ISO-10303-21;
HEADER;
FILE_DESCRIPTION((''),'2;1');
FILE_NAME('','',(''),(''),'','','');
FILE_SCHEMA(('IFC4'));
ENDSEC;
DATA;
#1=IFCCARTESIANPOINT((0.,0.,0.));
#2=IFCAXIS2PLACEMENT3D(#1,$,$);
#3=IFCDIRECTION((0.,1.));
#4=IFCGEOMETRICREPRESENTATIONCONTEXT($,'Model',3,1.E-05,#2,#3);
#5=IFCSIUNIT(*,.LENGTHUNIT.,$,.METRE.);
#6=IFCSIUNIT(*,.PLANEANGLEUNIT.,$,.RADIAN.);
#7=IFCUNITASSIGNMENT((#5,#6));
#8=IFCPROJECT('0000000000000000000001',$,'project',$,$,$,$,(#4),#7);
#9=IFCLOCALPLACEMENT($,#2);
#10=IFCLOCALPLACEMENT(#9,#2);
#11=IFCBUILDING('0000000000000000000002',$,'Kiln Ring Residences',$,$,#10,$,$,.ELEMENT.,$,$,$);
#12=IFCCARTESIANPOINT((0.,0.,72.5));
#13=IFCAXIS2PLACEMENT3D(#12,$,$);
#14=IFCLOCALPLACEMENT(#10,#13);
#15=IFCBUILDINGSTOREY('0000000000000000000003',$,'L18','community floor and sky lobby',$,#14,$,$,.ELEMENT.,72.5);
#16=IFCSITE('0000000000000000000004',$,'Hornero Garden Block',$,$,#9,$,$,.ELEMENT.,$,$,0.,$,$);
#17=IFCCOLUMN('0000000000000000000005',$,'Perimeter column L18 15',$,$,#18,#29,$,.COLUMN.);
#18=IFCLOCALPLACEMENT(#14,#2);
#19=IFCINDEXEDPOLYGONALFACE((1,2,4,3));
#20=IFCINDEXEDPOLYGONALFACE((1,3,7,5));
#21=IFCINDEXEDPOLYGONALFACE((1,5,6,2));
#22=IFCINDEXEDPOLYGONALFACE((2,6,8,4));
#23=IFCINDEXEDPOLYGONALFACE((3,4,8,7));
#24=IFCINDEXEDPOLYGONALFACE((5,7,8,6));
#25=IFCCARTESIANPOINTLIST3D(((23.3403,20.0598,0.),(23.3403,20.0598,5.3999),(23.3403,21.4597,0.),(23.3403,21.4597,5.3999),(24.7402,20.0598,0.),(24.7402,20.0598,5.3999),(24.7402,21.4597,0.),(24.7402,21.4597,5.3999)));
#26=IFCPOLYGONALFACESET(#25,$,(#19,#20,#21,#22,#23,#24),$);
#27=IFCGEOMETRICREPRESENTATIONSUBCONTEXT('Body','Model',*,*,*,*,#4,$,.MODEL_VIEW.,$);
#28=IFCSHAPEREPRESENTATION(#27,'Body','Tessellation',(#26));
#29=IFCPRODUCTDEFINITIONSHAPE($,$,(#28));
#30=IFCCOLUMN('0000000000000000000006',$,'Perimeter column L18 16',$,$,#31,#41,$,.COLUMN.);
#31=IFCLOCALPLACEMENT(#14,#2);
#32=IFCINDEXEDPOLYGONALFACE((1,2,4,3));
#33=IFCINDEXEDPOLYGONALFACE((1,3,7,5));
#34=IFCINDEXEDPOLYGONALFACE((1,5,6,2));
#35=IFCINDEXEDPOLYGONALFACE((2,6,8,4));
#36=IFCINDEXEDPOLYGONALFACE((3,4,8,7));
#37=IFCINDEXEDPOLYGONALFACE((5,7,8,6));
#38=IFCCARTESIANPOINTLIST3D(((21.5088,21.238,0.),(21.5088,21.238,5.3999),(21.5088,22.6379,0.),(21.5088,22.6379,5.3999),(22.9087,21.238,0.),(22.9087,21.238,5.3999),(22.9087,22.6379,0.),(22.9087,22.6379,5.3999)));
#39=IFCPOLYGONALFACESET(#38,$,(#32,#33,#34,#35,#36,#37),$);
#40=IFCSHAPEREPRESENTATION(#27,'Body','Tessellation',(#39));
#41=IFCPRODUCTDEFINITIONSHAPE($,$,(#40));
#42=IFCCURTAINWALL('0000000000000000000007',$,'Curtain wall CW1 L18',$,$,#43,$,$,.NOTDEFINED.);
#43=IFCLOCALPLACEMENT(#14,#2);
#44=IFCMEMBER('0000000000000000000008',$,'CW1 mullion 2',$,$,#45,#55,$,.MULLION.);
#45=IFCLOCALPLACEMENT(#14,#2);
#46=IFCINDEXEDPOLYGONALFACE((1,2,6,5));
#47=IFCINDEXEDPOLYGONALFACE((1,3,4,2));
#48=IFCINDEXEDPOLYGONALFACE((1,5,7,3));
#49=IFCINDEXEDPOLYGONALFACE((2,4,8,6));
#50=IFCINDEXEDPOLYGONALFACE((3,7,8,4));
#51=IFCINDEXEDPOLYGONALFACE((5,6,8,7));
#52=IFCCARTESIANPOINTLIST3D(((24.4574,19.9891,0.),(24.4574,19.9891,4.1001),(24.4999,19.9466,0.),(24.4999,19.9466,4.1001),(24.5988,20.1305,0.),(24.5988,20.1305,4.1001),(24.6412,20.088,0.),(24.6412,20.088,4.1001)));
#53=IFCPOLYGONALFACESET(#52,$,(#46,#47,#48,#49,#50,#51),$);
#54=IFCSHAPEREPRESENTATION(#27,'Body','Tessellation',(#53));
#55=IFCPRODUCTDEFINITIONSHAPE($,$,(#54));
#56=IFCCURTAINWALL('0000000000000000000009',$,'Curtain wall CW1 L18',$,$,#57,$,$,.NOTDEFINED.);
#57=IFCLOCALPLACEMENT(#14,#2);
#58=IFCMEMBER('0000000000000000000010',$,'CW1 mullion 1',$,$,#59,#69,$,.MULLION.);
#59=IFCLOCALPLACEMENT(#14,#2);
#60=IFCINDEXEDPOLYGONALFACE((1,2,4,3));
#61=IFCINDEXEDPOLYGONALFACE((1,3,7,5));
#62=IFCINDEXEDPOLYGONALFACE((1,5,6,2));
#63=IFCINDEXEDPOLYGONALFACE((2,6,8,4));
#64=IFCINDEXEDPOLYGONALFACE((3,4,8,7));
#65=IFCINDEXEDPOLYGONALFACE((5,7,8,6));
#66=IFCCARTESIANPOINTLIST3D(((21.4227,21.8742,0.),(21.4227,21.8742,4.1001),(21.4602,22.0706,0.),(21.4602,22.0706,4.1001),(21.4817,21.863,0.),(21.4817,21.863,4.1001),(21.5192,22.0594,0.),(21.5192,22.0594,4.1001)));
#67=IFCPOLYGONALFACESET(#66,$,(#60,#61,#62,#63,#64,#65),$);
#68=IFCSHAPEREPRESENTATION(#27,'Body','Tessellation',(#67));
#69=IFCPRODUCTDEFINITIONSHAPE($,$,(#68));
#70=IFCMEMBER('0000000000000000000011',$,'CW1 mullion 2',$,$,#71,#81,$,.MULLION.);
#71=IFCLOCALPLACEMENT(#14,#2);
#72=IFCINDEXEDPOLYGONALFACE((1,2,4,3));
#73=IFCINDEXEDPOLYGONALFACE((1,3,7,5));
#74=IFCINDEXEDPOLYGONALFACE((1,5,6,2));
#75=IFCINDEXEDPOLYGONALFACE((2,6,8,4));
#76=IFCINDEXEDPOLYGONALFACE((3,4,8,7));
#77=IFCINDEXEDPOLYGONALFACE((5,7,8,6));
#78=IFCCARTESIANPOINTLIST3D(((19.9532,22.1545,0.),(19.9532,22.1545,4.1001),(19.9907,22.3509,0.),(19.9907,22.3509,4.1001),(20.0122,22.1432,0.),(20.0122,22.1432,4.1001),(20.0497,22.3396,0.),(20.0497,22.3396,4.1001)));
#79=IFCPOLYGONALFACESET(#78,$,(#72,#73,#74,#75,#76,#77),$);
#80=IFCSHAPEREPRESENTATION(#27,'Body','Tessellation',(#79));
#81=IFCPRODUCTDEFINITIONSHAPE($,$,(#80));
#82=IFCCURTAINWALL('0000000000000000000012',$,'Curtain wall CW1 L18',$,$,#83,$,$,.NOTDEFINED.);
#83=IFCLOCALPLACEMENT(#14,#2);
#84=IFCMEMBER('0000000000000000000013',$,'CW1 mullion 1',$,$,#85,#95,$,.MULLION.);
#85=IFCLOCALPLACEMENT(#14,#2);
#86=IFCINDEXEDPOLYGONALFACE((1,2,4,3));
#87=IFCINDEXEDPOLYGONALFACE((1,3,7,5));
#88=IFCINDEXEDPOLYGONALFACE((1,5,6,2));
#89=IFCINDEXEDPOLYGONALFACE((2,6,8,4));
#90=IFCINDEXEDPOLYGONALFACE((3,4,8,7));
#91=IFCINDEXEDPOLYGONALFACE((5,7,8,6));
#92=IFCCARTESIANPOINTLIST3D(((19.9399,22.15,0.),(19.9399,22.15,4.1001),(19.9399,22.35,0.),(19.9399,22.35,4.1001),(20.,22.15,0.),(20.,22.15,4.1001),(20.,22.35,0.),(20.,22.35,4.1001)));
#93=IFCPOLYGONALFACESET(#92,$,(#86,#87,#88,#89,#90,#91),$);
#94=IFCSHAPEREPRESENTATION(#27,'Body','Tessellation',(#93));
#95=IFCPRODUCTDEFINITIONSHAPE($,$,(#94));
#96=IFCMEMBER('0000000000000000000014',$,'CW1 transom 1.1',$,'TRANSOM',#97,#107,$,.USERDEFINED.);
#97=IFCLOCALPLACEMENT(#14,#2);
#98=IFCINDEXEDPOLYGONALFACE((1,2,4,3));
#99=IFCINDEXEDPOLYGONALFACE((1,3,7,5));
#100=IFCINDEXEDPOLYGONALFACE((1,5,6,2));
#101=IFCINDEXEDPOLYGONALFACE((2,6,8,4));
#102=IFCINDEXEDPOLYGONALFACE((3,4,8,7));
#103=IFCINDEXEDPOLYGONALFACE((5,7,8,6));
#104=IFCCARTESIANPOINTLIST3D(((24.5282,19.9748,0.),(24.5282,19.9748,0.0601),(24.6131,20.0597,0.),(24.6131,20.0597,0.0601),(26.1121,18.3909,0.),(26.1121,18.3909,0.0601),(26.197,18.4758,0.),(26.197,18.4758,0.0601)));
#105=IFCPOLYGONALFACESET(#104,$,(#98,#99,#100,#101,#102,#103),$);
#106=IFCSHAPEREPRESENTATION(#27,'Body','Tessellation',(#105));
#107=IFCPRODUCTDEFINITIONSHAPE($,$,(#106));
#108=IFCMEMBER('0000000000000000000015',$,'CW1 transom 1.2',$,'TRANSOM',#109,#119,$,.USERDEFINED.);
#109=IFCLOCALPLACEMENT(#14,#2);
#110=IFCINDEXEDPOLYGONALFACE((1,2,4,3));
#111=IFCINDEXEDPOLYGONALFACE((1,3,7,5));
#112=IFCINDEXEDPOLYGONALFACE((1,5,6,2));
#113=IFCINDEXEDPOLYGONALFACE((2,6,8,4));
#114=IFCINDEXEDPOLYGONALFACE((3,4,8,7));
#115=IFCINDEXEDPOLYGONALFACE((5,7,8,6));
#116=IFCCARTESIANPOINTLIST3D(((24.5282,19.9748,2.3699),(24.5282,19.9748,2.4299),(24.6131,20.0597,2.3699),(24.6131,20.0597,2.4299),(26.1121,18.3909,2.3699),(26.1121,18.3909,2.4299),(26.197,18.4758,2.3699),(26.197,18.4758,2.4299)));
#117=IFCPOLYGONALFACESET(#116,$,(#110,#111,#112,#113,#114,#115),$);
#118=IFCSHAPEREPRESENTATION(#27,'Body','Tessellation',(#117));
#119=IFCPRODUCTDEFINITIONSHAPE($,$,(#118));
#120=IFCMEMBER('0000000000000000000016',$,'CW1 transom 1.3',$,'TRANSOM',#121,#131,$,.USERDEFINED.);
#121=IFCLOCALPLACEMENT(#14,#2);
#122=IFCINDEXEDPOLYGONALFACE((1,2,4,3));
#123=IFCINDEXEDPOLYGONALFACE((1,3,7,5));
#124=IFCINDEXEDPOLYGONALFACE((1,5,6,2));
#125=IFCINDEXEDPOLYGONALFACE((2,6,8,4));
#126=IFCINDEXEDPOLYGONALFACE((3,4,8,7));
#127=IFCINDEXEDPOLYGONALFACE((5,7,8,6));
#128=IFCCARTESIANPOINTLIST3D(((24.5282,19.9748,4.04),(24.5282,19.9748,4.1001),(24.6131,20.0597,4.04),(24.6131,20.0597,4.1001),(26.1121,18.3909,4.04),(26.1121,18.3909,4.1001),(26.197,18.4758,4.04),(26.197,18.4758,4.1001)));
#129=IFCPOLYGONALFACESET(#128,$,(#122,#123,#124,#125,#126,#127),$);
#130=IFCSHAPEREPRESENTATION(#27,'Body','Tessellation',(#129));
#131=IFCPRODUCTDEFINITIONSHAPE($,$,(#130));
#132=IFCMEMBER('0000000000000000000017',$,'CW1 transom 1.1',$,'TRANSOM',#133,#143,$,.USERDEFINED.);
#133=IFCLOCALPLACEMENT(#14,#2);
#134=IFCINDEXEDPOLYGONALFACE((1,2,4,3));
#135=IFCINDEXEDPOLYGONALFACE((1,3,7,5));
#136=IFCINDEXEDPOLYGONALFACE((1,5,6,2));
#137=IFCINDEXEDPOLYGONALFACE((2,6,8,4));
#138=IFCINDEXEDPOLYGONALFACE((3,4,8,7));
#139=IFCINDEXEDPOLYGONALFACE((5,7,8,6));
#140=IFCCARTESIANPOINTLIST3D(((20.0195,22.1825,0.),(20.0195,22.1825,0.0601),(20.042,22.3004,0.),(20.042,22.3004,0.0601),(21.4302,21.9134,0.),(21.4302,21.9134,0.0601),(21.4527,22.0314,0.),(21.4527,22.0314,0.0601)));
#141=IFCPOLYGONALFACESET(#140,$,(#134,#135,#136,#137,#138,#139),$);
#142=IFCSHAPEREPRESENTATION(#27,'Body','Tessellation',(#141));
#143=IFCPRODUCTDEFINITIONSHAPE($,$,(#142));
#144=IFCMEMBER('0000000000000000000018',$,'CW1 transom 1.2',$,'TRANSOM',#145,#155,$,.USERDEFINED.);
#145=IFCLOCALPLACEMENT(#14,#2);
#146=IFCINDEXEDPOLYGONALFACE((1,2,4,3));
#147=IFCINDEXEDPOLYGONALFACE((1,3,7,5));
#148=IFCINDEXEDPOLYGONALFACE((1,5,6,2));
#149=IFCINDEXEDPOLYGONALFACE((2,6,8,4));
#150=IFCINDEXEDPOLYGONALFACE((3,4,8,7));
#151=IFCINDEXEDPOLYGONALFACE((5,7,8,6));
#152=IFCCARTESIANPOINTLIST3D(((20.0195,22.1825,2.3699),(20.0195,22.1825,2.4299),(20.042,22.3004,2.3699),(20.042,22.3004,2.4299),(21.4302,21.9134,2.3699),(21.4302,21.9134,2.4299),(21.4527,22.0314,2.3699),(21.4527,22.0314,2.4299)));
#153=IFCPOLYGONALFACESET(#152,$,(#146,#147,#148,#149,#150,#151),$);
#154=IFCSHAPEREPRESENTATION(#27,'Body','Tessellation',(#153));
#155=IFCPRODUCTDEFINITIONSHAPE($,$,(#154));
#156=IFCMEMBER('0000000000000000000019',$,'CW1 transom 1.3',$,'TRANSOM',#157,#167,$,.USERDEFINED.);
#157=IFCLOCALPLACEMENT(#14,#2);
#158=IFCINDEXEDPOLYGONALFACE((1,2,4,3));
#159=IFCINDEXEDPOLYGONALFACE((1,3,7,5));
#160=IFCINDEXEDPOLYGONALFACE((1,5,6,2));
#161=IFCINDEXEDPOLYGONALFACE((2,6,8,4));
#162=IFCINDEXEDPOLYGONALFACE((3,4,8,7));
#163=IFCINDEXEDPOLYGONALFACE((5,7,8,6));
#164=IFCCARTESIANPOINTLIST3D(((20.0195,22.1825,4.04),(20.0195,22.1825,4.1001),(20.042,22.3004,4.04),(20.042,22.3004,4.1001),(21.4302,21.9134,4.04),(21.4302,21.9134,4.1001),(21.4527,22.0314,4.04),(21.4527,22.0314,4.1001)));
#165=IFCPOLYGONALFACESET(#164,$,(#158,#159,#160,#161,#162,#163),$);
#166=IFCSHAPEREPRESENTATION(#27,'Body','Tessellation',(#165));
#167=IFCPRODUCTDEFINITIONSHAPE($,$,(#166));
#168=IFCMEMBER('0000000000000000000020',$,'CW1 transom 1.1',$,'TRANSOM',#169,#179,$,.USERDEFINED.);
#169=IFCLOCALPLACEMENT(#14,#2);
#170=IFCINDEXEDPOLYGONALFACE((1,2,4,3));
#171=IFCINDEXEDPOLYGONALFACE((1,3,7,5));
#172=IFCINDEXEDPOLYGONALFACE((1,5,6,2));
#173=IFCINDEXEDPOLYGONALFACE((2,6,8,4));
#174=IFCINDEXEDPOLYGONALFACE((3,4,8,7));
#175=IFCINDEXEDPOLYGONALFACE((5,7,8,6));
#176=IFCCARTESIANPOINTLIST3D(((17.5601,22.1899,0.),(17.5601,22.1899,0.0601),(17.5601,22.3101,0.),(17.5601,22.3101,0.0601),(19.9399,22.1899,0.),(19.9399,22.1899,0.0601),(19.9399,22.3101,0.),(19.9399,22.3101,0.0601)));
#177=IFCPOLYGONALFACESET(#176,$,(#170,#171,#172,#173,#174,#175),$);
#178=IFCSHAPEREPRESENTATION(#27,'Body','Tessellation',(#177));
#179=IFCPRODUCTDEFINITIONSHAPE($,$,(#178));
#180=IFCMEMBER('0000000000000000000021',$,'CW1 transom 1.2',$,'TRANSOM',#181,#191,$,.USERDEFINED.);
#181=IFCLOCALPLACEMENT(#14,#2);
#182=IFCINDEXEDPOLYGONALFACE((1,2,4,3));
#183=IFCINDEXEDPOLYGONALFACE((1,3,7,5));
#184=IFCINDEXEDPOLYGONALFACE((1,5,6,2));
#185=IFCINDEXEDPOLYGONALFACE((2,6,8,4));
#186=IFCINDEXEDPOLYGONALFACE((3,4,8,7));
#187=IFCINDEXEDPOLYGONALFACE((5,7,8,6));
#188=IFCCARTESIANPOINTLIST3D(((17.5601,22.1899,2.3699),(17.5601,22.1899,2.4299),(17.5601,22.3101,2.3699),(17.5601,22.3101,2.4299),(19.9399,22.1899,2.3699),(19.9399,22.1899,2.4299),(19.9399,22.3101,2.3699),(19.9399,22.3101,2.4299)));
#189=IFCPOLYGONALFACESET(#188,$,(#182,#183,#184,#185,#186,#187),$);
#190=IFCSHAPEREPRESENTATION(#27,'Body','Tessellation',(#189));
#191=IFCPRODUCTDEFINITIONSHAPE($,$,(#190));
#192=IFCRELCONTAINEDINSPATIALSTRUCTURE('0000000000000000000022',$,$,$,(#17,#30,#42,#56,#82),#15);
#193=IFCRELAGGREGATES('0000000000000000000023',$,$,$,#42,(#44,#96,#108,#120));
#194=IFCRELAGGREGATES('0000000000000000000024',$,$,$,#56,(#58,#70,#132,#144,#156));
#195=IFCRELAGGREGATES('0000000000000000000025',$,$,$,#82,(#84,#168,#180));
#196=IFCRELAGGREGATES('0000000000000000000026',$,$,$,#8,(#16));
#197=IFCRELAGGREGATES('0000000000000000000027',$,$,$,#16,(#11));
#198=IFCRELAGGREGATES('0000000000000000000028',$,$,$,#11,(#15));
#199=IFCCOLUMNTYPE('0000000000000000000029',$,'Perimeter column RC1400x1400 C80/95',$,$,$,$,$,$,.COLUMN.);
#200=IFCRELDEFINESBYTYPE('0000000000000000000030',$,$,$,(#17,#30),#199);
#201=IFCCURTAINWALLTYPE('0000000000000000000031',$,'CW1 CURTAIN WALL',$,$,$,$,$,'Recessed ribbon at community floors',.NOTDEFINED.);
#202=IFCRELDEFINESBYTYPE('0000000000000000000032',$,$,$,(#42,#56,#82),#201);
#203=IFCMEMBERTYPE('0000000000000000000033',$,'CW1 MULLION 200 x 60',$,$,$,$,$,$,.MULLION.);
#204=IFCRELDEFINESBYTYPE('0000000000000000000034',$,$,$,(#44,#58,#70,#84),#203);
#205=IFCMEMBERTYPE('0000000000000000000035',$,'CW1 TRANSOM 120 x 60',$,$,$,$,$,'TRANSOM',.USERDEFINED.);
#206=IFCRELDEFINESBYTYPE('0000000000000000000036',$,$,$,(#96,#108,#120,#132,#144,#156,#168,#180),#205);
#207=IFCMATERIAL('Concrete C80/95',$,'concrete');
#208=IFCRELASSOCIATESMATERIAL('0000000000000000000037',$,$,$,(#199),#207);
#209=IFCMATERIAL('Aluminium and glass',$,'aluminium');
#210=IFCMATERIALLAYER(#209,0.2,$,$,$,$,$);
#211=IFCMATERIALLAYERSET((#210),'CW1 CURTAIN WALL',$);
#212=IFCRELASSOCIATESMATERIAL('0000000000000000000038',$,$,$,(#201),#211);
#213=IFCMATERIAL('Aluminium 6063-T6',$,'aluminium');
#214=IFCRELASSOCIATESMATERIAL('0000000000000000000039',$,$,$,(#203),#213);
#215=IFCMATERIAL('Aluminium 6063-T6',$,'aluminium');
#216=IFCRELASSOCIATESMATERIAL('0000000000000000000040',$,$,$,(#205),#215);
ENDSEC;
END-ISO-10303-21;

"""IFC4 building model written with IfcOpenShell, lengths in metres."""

from ifc_helpers import new_model, si_unit, direction, frame, origin, origin_2d, place, context, subcontext, project, spatial, rectangle, extrude, material, layer, layer_set, material_profile, profile_set, type_object, element, aggregate, save


model = new_model("IFC4")

# Units and contexts
model_context = context("Model", 3, precision=1e-05, world=origin(), true_north=direction((0.0, 1.0)))
body_context = subcontext(model_context, "Body", "Model", "MODEL_VIEW")
ifc_project = project(units=[si_unit("LENGTHUNIT", "METRE"), si_unit("PLANEANGLEUNIT", "RADIAN")], contexts=[model_context])

# Site, building, storey
site_placement = place(None, origin())
site = spatial("IfcSite", under=ifc_project, at=site_placement, Name="Hornero Garden Block", CompositionType="ELEMENT", RefElevation=0.0)
building_placement = place(site_placement, origin())
building = spatial("IfcBuilding", under=site, at=building_placement, Name="Kiln Ring Residences", CompositionType="ELEMENT")
storey_placement = place(building_placement, frame((0.0, 0.0, 72.5)))
storey = spatial("IfcBuildingStorey", under=building, at=storey_placement, Name="L18", Description="community floor and sky lobby", CompositionType="ELEMENT", Elevation=72.5)

# Columns
ifc_material_1 = material(Name="Concrete C80/95", Category="concrete")
ifc_material_profile_1 = material_profile(ifc_material_1, rectangle(XDim=1.3999, YDim=1.3999, at=origin_2d()), Name="RC1400x1400")
ifc_profile_set_1 = profile_set([ifc_material_profile_1], Name="Concrete C80/95")
column_type = type_object("IfcColumnType", Name="Perimeter column RC1400x1400 C80/95", PredefinedType="COLUMN", material=ifc_profile_set_1)
for number, where, z_axis, x_axis, name in (
    (1, (24.0403, 20.7598, 0.0), (0.0, 0.0, 1.0), (1.0, 0.0, 0.0), "Perimeter column L18 15"),
    (2, (22.2087, 21.938, 0.0), (0.0, 0.0, 1.0), (1.0, 0.0, 0.0), "Perimeter column L18 16"),
):
    element("IfcColumn", number, at=place(storey_placement, frame(where, z_axis=z_axis, x_axis=x_axis)), inside=storey, type_object=column_type, Name=name, PredefinedType="COLUMN", context=body_context, shape_type="SweptSolid", body=[
        extrude(rectangle(XDim=1.3999, YDim=1.3999, at=origin_2d()), origin(), (0.0, 0.0, 1.0), 5.3999),
    ])

# Curtain wall, member
ifc_material_2 = material(Name="Aluminium and glass", Category="aluminium")
ifc_layer_1 = layer(ifc_material_2, 0.2)
ifc_layer_set_1 = layer_set([ifc_layer_1], Name="CW1 CURTAIN WALL")
curtain_wall_type = type_object("IfcCurtainWallType", Name="CW1 CURTAIN WALL", ElementType="Recessed ribbon at community floors", PredefinedType="NOTDEFINED", material=ifc_layer_set_1)
placement = place(storey_placement, origin())
curtain_wall_1 = element("IfcCurtainWall", 3, at=placement, inside=storey, type_object=curtain_wall_type, Name="Curtain wall CW1 L18", PredefinedType="NOTDEFINED")
ifc_material_3 = material(Name="Aluminium 6063-T6", Category="aluminium")
ifc_material_profile_2 = material_profile(ifc_material_3, rectangle(XDim=0.2, YDim=0.0601, at=origin_2d()), Name="AL 200x60")
ifc_profile_set_2 = profile_set([ifc_material_profile_2], Name="Aluminium 6063-T6")
member_type_1 = type_object("IfcMemberType", Name="CW1 MULLION 200 x 60", PredefinedType="MULLION", material=ifc_profile_set_2)
member_1_placement = place(storey_placement, frame((24.5493, 20.0386, 0.0), z_axis=(0.0, 0.0, 1.0), x_axis=(-0.707107, -0.707107, 0.0)))
member_1 = element("IfcMember", 4, at=member_1_placement, type_object=member_type_1, Name="CW1 mullion 2", PredefinedType="MULLION", context=body_context, shape_type="SweptSolid", body=[
    extrude(rectangle(XDim=0.2, YDim=0.0601, at=origin_2d()), origin(), (0.0, 0.0, 1.0), 4.1001),
])

# Curtain wall, members
curtain_wall_2 = element("IfcCurtainWall", 5, at=placement, inside=storey, type_object=curtain_wall_type, Name="Curtain wall CW1 L18", PredefinedType="NOTDEFINED")
member_2_placement = place(storey_placement, frame((21.4709, 21.9668, 0.0), z_axis=(0.0, 0.0, 1.0), x_axis=(-0.187366, -0.98229, 0.0)))
member_2 = element("IfcMember", 6, at=member_2_placement, type_object=member_type_1, Name="CW1 mullion 1", PredefinedType="MULLION", context=body_context, shape_type="SweptSolid", body=[
    extrude(rectangle(XDim=0.2, YDim=0.0601, at=origin_2d()), origin(), (0.0, 0.0, 1.0), 4.1001),
])
member_3_placement = place(storey_placement, frame((20.0015, 22.2471, 0.0), z_axis=(0.0, 0.0, 1.0), x_axis=(-0.187366, -0.98229, 0.0)))
member_3 = element("IfcMember", 7, at=member_3_placement, type_object=member_type_1, Name="CW1 mullion 2", PredefinedType="MULLION", context=body_context, shape_type="SweptSolid", body=[
    extrude(rectangle(XDim=0.2, YDim=0.0601, at=origin_2d()), origin(), (0.0, 0.0, 1.0), 4.1001),
])

# Curtain wall, member
curtain_wall_3 = element("IfcCurtainWall", 8, at=placement, inside=storey, type_object=curtain_wall_type, Name="Curtain wall CW1 L18", PredefinedType="NOTDEFINED")
member_4_placement = place(storey_placement, frame((19.97, 22.25, 0.0), z_axis=(0.0, 0.0, 1.0), x_axis=(0.0, -1.0, 0.0)))
member_4 = element("IfcMember", 9, at=member_4_placement, type_object=member_type_1, Name="CW1 mullion 1", PredefinedType="MULLION", context=body_context, shape_type="SweptSolid", body=[
    extrude(rectangle(XDim=0.2, YDim=0.0601, at=origin_2d()), origin(), (0.0, 0.0, 1.0), 4.1001),
])

# Members
ifc_material_4 = material(Name="Aluminium 6063-T6", Category="aluminium")
ifc_material_profile_3 = material_profile(ifc_material_4, rectangle(XDim=0.1201, YDim=0.0601, at=origin_2d()), Name="AL 120x60")
ifc_profile_set_3 = profile_set([ifc_material_profile_3], Name="Aluminium 6063-T6")
member_type_2 = type_object("IfcMemberType", Name="CW1 TRANSOM 120 x 60", ElementType="TRANSOM", PredefinedType="USERDEFINED", material=ifc_profile_set_3)
member_5_placement = place(storey_placement, frame((26.1545, 18.4333, 0.03), z_axis=(-0.707107, 0.707107, 0.0), x_axis=(-0.707107, -0.707107, 0.0)))
member_5 = element("IfcMember", 10, at=member_5_placement, type_object=member_type_2, Name="CW1 transom 1.1", ObjectType="TRANSOM", PredefinedType="USERDEFINED", context=body_context, shape_type="SweptSolid", body=[
    extrude(rectangle(XDim=0.1201, YDim=0.0601, at=origin_2d()), origin(), (0.0, 0.0, 1.0), 2.24),
])
member_6_placement = place(storey_placement, frame((26.1545, 18.4333, 2.3999), z_axis=(-0.707107, 0.707107, 0.0), x_axis=(-0.707107, -0.707107, 0.0)))
member_6 = element("IfcMember", 11, at=member_6_placement, type_object=member_type_2, Name="CW1 transom 1.2", ObjectType="TRANSOM", PredefinedType="USERDEFINED", context=body_context, shape_type="SweptSolid", body=[
    extrude(rectangle(XDim=0.1201, YDim=0.0601, at=origin_2d()), origin(), (0.0, 0.0, 1.0), 2.24),
])
member_7_placement = place(storey_placement, frame((26.1545, 18.4333, 4.0701), z_axis=(-0.707107, 0.707107, 0.0), x_axis=(-0.707107, -0.707107, 0.0)))
member_7 = element("IfcMember", 12, at=member_7_placement, type_object=member_type_2, Name="CW1 transom 1.3", ObjectType="TRANSOM", PredefinedType="USERDEFINED", context=body_context, shape_type="SweptSolid", body=[
    extrude(rectangle(XDim=0.1201, YDim=0.0601, at=origin_2d()), origin(), (0.0, 0.0, 1.0), 2.24),
])
member_8_placement = place(storey_placement, frame((21.4414, 21.9724, 0.03), z_axis=(-0.982294, 0.187346, 0.0), x_axis=(-0.187346, -0.982294, 0.0)))
member_8 = element("IfcMember", 13, at=member_8_placement, type_object=member_type_2, Name="CW1 transom 1.1", ObjectType="TRANSOM", PredefinedType="USERDEFINED", context=body_context, shape_type="SweptSolid", body=[
    extrude(rectangle(XDim=0.1201, YDim=0.0601, at=origin_2d()), origin(), (0.0, 0.0, 1.0), 1.436),
])
member_9_placement = place(storey_placement, frame((21.4414, 21.9724, 2.3999), z_axis=(-0.982294, 0.187346, 0.0), x_axis=(-0.187346, -0.982294, 0.0)))
member_9 = element("IfcMember", 14, at=member_9_placement, type_object=member_type_2, Name="CW1 transom 1.2", ObjectType="TRANSOM", PredefinedType="USERDEFINED", context=body_context, shape_type="SweptSolid", body=[
    extrude(rectangle(XDim=0.1201, YDim=0.0601, at=origin_2d()), origin(), (0.0, 0.0, 1.0), 1.436),
])
member_10_placement = place(storey_placement, frame((21.4414, 21.9724, 4.0701), z_axis=(-0.982294, 0.187346, 0.0), x_axis=(-0.187346, -0.982294, 0.0)))
member_10 = element("IfcMember", 15, at=member_10_placement, type_object=member_type_2, Name="CW1 transom 1.3", ObjectType="TRANSOM", PredefinedType="USERDEFINED", context=body_context, shape_type="SweptSolid", body=[
    extrude(rectangle(XDim=0.1201, YDim=0.0601, at=origin_2d()), origin(), (0.0, 0.0, 1.0), 1.436),
])
member_11_placement = place(storey_placement, frame((19.9399, 22.25, 0.03), z_axis=(-1.0, 0.0, 0.0), x_axis=(0.0, -1.0, 0.0)))
member_11 = element("IfcMember", 16, at=member_11_placement, type_object=member_type_2, Name="CW1 transom 1.1", ObjectType="TRANSOM", PredefinedType="USERDEFINED", context=body_context, shape_type="SweptSolid", body=[
    extrude(rectangle(XDim=0.1201, YDim=0.0601, at=origin_2d()), origin(), (0.0, 0.0, 1.0), 2.3799),
])
member_12_placement = place(storey_placement, frame((19.9399, 22.25, 2.3999), z_axis=(-1.0, 0.0, 0.0), x_axis=(0.0, -1.0, 0.0)))
member_12 = element("IfcMember", 17, at=member_12_placement, type_object=member_type_2, Name="CW1 transom 1.2", ObjectType="TRANSOM", PredefinedType="USERDEFINED", context=body_context, shape_type="SweptSolid", body=[
    extrude(rectangle(XDim=0.1201, YDim=0.0601, at=origin_2d()), origin(), (0.0, 0.0, 1.0), 2.3799),
])

aggregate(curtain_wall_1, [member_1, member_5, member_6, member_7])
aggregate(curtain_wall_2, [member_2, member_3, member_8, member_9, member_10])
aggregate(curtain_wall_3, [member_4, member_11, member_12])

save(model, "model.ifc")
